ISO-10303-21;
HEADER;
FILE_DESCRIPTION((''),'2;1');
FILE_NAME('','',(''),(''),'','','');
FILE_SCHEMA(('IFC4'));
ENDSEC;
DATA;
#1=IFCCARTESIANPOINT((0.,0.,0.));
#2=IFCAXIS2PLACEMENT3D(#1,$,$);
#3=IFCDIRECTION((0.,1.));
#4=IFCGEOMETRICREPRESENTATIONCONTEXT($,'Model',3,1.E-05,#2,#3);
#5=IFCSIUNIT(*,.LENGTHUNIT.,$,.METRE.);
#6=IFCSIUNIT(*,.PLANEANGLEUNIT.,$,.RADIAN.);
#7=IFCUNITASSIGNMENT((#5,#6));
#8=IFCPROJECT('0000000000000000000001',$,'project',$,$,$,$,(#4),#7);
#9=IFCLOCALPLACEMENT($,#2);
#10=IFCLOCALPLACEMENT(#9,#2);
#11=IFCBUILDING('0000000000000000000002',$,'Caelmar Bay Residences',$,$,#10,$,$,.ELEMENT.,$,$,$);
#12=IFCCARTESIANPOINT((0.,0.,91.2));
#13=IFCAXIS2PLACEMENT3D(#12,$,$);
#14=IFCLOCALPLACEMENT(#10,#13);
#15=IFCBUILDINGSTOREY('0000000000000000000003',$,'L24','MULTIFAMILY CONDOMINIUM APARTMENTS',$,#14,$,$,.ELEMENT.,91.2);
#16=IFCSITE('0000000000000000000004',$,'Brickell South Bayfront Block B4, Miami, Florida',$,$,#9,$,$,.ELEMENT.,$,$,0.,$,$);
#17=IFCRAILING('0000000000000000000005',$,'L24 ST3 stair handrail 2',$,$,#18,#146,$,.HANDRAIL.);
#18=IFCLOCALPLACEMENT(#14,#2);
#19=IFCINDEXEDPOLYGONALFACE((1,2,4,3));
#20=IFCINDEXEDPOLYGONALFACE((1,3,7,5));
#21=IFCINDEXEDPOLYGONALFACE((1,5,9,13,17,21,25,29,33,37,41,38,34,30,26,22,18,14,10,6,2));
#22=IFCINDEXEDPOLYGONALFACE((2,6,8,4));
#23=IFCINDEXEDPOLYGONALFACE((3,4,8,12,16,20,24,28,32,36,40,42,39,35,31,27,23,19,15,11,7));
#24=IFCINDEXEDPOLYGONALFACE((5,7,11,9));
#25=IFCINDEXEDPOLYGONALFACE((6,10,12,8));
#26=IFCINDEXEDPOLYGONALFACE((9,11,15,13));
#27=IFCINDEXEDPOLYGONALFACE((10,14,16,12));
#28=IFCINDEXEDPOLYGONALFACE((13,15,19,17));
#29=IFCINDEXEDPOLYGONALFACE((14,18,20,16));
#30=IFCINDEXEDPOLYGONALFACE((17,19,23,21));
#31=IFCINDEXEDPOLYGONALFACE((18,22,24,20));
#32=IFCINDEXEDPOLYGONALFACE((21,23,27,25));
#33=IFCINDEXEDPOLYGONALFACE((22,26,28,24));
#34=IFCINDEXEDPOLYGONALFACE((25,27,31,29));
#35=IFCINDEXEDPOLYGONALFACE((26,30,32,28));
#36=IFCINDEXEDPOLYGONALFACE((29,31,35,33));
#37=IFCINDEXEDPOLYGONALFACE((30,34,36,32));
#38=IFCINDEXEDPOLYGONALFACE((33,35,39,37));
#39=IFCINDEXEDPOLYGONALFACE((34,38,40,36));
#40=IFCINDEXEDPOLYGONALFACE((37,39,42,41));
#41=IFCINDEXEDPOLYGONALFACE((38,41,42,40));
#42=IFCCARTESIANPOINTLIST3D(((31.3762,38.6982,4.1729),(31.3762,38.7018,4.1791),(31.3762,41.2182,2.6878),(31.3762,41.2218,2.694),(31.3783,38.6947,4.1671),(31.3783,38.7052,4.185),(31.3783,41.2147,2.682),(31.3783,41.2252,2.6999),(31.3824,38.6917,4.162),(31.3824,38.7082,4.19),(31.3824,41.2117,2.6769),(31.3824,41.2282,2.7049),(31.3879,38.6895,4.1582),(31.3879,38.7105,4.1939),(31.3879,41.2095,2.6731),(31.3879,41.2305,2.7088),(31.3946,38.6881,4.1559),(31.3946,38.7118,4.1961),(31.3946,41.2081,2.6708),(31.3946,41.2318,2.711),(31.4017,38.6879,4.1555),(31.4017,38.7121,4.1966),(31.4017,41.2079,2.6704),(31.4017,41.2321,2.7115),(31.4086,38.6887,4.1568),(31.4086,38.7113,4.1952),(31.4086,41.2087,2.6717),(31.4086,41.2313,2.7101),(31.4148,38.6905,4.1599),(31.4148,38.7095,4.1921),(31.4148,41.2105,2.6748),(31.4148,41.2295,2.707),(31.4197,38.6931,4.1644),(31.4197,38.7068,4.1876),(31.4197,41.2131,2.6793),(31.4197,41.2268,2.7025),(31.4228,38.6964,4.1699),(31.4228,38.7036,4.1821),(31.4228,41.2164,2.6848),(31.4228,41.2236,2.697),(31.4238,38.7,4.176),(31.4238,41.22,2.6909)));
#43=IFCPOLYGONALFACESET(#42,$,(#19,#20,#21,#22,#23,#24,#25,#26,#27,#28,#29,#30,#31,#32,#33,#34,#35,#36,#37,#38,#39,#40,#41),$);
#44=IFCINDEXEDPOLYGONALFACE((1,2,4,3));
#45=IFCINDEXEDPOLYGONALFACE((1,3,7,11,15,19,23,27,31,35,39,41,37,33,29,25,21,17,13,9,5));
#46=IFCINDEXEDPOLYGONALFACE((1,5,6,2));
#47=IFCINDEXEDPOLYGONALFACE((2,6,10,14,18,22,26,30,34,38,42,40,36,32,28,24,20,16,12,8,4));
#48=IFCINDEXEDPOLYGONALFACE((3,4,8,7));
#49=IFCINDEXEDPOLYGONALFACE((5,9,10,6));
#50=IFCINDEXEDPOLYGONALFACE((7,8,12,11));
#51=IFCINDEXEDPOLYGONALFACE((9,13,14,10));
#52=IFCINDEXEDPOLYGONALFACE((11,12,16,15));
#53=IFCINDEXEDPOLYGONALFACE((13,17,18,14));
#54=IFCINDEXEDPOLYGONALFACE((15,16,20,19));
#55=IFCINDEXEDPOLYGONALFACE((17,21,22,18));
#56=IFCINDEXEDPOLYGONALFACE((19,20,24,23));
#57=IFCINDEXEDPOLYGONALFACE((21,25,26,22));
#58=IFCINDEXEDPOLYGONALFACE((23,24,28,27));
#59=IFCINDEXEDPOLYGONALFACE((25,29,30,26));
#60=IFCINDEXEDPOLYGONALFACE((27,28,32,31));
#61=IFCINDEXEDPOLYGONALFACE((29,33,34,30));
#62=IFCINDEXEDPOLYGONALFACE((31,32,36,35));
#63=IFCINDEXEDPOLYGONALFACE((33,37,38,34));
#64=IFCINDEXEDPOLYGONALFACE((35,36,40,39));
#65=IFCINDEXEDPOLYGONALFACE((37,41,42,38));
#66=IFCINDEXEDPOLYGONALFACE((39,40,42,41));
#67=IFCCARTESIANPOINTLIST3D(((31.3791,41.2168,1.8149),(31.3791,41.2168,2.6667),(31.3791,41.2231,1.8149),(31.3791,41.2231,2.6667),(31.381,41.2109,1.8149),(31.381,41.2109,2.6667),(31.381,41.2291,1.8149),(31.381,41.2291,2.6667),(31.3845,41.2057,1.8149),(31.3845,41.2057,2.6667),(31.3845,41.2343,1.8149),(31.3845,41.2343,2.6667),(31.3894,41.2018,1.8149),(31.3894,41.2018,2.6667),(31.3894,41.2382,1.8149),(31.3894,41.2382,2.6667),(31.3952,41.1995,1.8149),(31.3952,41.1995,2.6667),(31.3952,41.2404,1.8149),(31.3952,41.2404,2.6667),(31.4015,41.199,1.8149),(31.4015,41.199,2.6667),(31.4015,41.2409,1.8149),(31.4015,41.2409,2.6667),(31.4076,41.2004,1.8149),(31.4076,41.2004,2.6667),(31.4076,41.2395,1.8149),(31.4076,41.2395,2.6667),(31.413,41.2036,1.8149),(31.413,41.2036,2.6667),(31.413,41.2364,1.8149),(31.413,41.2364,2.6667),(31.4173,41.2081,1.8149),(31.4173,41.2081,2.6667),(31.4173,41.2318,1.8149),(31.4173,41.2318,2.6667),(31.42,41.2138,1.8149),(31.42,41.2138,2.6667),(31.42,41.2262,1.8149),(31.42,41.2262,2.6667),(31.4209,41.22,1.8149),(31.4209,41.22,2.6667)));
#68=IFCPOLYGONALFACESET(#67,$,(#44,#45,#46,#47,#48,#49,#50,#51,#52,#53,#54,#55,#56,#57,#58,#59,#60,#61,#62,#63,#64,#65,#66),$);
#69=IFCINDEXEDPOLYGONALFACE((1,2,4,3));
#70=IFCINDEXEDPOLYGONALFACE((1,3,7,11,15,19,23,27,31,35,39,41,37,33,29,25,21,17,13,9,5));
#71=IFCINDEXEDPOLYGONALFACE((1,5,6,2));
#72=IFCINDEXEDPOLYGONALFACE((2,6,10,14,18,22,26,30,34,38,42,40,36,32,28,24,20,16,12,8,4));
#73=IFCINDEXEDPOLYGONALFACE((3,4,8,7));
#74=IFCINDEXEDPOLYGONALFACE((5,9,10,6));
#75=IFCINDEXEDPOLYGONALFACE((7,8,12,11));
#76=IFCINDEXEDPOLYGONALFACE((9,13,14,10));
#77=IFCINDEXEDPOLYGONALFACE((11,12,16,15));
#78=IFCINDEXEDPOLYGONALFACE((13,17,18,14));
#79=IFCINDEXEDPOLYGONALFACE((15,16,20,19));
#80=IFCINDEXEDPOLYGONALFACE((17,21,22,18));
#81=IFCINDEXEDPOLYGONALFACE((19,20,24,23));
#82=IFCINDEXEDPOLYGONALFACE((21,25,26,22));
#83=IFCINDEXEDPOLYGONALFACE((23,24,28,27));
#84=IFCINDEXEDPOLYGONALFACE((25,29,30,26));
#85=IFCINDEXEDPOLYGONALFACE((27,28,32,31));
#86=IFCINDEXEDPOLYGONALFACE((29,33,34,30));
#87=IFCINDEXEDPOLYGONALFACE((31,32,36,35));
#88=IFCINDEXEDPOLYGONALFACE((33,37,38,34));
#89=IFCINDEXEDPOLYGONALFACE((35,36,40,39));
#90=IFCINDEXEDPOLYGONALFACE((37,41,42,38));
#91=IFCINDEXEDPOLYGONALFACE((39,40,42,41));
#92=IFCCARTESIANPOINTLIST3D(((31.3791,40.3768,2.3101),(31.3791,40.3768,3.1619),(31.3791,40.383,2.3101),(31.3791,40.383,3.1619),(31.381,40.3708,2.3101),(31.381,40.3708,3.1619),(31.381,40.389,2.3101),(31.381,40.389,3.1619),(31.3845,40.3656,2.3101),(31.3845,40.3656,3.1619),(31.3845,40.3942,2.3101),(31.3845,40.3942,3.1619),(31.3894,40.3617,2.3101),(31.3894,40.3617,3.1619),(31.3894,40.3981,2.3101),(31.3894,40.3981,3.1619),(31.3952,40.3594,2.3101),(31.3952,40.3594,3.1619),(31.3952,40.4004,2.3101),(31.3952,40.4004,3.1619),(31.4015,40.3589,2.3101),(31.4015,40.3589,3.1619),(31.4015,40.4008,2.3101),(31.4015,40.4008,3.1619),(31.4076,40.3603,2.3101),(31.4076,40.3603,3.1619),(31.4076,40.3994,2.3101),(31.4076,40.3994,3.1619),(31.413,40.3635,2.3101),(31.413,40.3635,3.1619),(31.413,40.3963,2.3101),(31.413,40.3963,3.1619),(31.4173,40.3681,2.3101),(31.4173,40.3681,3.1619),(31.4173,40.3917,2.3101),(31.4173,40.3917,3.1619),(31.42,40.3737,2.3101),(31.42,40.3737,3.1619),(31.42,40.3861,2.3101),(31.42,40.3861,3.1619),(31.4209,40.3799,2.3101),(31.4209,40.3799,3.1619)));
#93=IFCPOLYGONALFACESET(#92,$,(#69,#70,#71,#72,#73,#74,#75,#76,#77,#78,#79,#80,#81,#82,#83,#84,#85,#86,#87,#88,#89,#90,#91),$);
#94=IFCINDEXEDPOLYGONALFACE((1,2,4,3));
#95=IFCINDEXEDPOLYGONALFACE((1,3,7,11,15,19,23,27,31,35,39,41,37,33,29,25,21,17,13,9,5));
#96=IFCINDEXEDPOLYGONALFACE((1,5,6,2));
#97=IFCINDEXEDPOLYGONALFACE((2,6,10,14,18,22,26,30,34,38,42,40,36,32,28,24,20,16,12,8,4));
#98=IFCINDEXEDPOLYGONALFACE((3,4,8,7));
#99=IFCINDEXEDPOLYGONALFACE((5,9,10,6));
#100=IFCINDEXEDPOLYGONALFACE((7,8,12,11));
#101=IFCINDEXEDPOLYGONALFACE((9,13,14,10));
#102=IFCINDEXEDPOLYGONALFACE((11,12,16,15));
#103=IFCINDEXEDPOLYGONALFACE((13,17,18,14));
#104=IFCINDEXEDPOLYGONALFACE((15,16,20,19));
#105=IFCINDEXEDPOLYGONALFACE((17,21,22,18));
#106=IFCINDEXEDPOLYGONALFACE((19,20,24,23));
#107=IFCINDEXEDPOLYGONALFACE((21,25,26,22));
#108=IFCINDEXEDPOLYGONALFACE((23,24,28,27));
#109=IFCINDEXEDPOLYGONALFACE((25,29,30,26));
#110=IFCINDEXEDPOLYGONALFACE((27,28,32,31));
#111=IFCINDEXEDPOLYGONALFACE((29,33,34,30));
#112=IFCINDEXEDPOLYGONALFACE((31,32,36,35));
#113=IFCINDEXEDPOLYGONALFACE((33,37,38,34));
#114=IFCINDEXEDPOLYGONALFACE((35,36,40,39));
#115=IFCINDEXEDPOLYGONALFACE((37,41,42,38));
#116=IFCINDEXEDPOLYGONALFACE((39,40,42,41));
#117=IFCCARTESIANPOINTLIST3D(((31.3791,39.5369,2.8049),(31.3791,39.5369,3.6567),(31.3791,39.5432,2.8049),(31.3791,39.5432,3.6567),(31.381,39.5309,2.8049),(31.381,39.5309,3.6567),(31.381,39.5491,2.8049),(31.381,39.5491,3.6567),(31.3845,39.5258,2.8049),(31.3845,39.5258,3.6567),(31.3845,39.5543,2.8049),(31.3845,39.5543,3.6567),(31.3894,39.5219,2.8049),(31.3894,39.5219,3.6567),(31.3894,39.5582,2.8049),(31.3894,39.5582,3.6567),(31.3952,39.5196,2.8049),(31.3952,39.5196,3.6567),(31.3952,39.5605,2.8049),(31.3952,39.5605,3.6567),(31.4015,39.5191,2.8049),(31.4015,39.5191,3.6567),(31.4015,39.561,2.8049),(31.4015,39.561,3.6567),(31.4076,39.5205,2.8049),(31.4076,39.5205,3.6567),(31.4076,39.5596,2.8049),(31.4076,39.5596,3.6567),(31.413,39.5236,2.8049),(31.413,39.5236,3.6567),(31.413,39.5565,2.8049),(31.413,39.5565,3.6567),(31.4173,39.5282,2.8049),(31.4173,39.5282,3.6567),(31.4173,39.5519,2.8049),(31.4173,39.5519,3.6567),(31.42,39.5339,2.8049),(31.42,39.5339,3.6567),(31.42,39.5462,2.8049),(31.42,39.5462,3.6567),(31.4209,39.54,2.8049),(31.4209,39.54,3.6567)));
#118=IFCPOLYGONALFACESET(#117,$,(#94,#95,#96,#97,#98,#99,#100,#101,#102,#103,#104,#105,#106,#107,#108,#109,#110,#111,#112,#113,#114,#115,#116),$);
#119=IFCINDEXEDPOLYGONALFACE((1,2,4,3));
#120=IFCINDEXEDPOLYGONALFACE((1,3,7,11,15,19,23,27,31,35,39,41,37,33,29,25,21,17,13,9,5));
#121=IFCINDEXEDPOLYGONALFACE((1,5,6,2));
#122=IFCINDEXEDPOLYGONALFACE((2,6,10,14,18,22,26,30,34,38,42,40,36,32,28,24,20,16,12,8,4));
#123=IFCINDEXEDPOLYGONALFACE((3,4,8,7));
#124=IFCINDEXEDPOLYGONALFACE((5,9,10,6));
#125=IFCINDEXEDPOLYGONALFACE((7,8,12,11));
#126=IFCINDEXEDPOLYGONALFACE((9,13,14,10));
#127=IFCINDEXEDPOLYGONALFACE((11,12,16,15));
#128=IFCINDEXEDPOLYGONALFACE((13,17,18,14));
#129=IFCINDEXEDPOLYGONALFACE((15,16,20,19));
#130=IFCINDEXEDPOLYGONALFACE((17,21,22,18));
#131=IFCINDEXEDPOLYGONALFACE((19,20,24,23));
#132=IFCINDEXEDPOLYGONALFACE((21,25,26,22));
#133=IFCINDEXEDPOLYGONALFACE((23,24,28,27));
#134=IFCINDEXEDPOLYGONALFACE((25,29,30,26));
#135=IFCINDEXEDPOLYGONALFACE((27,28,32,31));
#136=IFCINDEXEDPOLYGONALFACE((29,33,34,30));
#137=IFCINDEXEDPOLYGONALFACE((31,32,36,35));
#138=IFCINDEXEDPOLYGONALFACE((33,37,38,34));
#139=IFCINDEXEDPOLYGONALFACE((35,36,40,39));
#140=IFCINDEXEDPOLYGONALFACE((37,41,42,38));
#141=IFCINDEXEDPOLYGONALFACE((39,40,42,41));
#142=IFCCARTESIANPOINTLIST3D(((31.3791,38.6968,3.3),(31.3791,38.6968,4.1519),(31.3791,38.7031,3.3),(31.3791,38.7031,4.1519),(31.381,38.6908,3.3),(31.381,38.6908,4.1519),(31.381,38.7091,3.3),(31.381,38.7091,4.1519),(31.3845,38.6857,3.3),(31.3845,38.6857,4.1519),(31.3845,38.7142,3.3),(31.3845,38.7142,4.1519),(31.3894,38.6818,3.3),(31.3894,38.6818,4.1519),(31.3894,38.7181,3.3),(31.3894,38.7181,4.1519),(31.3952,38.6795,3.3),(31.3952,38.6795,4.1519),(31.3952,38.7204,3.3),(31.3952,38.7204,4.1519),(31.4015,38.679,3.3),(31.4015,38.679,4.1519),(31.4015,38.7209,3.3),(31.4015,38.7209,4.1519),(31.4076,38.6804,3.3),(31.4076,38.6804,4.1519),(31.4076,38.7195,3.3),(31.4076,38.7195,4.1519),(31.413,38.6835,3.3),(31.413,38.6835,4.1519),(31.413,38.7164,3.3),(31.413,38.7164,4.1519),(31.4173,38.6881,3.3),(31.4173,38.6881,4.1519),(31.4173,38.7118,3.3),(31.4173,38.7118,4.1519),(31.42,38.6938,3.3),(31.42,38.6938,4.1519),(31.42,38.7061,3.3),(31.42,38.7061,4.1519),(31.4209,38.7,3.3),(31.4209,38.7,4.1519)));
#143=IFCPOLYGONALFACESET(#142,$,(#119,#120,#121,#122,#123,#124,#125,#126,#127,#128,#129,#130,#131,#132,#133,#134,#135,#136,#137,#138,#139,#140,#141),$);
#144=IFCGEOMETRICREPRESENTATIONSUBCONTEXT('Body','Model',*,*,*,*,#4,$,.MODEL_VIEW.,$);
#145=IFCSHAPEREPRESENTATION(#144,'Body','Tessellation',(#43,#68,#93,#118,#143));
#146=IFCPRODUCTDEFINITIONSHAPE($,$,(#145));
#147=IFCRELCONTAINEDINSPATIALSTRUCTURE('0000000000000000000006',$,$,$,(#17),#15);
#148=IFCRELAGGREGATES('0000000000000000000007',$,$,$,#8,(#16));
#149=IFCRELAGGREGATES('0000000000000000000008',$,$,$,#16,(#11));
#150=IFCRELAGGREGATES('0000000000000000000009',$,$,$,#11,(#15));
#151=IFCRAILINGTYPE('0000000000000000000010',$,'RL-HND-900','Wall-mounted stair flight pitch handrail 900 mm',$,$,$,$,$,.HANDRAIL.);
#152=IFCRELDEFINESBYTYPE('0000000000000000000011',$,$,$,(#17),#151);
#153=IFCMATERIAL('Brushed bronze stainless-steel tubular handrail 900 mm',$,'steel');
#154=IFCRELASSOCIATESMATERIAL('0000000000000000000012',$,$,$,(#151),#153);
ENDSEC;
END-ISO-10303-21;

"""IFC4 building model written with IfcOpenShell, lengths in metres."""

from ifc_helpers import new_model, si_unit, direction, frame, origin, origin_2d, place, context, subcontext, project, spatial, circle, extrude, material, type_object, element, save


model = new_model("IFC4")

# Units and contexts
model_context = context("Model", 3, precision=1e-05, world=origin(), true_north=direction((0.0, 1.0)))
body_context = subcontext(model_context, "Body", "Model", "MODEL_VIEW")
ifc_project = project(units=[si_unit("LENGTHUNIT", "METRE"), si_unit("PLANEANGLEUNIT", "RADIAN")], contexts=[model_context])

# Site, building, storey
site_placement = place(None, origin())
site = spatial("IfcSite", under=ifc_project, at=site_placement, Name="Brickell South Bayfront Block B4, Miami, Florida", CompositionType="ELEMENT", RefElevation=0.0)
building_placement = place(site_placement, origin())
building = spatial("IfcBuilding", under=site, at=building_placement, Name="Caelmar Bay Residences", CompositionType="ELEMENT")
storey_placement = place(building_placement, frame((0.0, 0.0, 91.2)))
storey = spatial("IfcBuildingStorey", under=building, at=storey_placement, Name="L24", Description="MULTIFAMILY CONDOMINIUM APARTMENTS", CompositionType="ELEMENT", Elevation=91.2)

# Railing
ifc_material_1 = material(Name="Brushed bronze stainless-steel tubular handrail 900 mm", Category="steel")
railing_type_1 = type_object("IfcRailingType", Name="RL-HND-900", Description="Wall-mounted stair flight pitch handrail 900 mm", PredefinedType="HANDRAIL", material=ifc_material_1)
railing_1_placement = place(storey_placement, frame((31.3999, 41.22, 1.8149)))
element("IfcRailing", 1, at=railing_1_placement, inside=storey, type_object=railing_type_1, Name="L24 ST3 stair handrail 2", PredefinedType="HANDRAIL", context=body_context, shape_type="SweptSolid", body=[
    extrude(circle(Radius=0.0239, at=origin_2d()), frame((0.0, 0.0, 0.876), z_axis=(0.0, -0.861524, 0.507717), x_axis=(1.0, 0.0, 0.0)), (0.0, 0.0, 1.0), 2.925),
    extrude(circle(Radius=0.021, at=origin_2d()), origin(), (0.0, 0.0, 1.0), 0.8518),
    extrude(circle(Radius=0.021, at=origin_2d()), frame((0.0, -0.8401, 0.4951)), (0.0, 0.0, 1.0), 0.8518),
    extrude(circle(Radius=0.021, at=origin_2d()), frame((0.0, -1.6799, 0.99)), (0.0, 0.0, 1.0), 0.8518),
    extrude(circle(Radius=0.021, at=origin_2d()), frame((0.0, -2.52, 1.4851)), (0.0, 0.0, 1.0), 0.8518),
])

save(model, "model.ifc")
